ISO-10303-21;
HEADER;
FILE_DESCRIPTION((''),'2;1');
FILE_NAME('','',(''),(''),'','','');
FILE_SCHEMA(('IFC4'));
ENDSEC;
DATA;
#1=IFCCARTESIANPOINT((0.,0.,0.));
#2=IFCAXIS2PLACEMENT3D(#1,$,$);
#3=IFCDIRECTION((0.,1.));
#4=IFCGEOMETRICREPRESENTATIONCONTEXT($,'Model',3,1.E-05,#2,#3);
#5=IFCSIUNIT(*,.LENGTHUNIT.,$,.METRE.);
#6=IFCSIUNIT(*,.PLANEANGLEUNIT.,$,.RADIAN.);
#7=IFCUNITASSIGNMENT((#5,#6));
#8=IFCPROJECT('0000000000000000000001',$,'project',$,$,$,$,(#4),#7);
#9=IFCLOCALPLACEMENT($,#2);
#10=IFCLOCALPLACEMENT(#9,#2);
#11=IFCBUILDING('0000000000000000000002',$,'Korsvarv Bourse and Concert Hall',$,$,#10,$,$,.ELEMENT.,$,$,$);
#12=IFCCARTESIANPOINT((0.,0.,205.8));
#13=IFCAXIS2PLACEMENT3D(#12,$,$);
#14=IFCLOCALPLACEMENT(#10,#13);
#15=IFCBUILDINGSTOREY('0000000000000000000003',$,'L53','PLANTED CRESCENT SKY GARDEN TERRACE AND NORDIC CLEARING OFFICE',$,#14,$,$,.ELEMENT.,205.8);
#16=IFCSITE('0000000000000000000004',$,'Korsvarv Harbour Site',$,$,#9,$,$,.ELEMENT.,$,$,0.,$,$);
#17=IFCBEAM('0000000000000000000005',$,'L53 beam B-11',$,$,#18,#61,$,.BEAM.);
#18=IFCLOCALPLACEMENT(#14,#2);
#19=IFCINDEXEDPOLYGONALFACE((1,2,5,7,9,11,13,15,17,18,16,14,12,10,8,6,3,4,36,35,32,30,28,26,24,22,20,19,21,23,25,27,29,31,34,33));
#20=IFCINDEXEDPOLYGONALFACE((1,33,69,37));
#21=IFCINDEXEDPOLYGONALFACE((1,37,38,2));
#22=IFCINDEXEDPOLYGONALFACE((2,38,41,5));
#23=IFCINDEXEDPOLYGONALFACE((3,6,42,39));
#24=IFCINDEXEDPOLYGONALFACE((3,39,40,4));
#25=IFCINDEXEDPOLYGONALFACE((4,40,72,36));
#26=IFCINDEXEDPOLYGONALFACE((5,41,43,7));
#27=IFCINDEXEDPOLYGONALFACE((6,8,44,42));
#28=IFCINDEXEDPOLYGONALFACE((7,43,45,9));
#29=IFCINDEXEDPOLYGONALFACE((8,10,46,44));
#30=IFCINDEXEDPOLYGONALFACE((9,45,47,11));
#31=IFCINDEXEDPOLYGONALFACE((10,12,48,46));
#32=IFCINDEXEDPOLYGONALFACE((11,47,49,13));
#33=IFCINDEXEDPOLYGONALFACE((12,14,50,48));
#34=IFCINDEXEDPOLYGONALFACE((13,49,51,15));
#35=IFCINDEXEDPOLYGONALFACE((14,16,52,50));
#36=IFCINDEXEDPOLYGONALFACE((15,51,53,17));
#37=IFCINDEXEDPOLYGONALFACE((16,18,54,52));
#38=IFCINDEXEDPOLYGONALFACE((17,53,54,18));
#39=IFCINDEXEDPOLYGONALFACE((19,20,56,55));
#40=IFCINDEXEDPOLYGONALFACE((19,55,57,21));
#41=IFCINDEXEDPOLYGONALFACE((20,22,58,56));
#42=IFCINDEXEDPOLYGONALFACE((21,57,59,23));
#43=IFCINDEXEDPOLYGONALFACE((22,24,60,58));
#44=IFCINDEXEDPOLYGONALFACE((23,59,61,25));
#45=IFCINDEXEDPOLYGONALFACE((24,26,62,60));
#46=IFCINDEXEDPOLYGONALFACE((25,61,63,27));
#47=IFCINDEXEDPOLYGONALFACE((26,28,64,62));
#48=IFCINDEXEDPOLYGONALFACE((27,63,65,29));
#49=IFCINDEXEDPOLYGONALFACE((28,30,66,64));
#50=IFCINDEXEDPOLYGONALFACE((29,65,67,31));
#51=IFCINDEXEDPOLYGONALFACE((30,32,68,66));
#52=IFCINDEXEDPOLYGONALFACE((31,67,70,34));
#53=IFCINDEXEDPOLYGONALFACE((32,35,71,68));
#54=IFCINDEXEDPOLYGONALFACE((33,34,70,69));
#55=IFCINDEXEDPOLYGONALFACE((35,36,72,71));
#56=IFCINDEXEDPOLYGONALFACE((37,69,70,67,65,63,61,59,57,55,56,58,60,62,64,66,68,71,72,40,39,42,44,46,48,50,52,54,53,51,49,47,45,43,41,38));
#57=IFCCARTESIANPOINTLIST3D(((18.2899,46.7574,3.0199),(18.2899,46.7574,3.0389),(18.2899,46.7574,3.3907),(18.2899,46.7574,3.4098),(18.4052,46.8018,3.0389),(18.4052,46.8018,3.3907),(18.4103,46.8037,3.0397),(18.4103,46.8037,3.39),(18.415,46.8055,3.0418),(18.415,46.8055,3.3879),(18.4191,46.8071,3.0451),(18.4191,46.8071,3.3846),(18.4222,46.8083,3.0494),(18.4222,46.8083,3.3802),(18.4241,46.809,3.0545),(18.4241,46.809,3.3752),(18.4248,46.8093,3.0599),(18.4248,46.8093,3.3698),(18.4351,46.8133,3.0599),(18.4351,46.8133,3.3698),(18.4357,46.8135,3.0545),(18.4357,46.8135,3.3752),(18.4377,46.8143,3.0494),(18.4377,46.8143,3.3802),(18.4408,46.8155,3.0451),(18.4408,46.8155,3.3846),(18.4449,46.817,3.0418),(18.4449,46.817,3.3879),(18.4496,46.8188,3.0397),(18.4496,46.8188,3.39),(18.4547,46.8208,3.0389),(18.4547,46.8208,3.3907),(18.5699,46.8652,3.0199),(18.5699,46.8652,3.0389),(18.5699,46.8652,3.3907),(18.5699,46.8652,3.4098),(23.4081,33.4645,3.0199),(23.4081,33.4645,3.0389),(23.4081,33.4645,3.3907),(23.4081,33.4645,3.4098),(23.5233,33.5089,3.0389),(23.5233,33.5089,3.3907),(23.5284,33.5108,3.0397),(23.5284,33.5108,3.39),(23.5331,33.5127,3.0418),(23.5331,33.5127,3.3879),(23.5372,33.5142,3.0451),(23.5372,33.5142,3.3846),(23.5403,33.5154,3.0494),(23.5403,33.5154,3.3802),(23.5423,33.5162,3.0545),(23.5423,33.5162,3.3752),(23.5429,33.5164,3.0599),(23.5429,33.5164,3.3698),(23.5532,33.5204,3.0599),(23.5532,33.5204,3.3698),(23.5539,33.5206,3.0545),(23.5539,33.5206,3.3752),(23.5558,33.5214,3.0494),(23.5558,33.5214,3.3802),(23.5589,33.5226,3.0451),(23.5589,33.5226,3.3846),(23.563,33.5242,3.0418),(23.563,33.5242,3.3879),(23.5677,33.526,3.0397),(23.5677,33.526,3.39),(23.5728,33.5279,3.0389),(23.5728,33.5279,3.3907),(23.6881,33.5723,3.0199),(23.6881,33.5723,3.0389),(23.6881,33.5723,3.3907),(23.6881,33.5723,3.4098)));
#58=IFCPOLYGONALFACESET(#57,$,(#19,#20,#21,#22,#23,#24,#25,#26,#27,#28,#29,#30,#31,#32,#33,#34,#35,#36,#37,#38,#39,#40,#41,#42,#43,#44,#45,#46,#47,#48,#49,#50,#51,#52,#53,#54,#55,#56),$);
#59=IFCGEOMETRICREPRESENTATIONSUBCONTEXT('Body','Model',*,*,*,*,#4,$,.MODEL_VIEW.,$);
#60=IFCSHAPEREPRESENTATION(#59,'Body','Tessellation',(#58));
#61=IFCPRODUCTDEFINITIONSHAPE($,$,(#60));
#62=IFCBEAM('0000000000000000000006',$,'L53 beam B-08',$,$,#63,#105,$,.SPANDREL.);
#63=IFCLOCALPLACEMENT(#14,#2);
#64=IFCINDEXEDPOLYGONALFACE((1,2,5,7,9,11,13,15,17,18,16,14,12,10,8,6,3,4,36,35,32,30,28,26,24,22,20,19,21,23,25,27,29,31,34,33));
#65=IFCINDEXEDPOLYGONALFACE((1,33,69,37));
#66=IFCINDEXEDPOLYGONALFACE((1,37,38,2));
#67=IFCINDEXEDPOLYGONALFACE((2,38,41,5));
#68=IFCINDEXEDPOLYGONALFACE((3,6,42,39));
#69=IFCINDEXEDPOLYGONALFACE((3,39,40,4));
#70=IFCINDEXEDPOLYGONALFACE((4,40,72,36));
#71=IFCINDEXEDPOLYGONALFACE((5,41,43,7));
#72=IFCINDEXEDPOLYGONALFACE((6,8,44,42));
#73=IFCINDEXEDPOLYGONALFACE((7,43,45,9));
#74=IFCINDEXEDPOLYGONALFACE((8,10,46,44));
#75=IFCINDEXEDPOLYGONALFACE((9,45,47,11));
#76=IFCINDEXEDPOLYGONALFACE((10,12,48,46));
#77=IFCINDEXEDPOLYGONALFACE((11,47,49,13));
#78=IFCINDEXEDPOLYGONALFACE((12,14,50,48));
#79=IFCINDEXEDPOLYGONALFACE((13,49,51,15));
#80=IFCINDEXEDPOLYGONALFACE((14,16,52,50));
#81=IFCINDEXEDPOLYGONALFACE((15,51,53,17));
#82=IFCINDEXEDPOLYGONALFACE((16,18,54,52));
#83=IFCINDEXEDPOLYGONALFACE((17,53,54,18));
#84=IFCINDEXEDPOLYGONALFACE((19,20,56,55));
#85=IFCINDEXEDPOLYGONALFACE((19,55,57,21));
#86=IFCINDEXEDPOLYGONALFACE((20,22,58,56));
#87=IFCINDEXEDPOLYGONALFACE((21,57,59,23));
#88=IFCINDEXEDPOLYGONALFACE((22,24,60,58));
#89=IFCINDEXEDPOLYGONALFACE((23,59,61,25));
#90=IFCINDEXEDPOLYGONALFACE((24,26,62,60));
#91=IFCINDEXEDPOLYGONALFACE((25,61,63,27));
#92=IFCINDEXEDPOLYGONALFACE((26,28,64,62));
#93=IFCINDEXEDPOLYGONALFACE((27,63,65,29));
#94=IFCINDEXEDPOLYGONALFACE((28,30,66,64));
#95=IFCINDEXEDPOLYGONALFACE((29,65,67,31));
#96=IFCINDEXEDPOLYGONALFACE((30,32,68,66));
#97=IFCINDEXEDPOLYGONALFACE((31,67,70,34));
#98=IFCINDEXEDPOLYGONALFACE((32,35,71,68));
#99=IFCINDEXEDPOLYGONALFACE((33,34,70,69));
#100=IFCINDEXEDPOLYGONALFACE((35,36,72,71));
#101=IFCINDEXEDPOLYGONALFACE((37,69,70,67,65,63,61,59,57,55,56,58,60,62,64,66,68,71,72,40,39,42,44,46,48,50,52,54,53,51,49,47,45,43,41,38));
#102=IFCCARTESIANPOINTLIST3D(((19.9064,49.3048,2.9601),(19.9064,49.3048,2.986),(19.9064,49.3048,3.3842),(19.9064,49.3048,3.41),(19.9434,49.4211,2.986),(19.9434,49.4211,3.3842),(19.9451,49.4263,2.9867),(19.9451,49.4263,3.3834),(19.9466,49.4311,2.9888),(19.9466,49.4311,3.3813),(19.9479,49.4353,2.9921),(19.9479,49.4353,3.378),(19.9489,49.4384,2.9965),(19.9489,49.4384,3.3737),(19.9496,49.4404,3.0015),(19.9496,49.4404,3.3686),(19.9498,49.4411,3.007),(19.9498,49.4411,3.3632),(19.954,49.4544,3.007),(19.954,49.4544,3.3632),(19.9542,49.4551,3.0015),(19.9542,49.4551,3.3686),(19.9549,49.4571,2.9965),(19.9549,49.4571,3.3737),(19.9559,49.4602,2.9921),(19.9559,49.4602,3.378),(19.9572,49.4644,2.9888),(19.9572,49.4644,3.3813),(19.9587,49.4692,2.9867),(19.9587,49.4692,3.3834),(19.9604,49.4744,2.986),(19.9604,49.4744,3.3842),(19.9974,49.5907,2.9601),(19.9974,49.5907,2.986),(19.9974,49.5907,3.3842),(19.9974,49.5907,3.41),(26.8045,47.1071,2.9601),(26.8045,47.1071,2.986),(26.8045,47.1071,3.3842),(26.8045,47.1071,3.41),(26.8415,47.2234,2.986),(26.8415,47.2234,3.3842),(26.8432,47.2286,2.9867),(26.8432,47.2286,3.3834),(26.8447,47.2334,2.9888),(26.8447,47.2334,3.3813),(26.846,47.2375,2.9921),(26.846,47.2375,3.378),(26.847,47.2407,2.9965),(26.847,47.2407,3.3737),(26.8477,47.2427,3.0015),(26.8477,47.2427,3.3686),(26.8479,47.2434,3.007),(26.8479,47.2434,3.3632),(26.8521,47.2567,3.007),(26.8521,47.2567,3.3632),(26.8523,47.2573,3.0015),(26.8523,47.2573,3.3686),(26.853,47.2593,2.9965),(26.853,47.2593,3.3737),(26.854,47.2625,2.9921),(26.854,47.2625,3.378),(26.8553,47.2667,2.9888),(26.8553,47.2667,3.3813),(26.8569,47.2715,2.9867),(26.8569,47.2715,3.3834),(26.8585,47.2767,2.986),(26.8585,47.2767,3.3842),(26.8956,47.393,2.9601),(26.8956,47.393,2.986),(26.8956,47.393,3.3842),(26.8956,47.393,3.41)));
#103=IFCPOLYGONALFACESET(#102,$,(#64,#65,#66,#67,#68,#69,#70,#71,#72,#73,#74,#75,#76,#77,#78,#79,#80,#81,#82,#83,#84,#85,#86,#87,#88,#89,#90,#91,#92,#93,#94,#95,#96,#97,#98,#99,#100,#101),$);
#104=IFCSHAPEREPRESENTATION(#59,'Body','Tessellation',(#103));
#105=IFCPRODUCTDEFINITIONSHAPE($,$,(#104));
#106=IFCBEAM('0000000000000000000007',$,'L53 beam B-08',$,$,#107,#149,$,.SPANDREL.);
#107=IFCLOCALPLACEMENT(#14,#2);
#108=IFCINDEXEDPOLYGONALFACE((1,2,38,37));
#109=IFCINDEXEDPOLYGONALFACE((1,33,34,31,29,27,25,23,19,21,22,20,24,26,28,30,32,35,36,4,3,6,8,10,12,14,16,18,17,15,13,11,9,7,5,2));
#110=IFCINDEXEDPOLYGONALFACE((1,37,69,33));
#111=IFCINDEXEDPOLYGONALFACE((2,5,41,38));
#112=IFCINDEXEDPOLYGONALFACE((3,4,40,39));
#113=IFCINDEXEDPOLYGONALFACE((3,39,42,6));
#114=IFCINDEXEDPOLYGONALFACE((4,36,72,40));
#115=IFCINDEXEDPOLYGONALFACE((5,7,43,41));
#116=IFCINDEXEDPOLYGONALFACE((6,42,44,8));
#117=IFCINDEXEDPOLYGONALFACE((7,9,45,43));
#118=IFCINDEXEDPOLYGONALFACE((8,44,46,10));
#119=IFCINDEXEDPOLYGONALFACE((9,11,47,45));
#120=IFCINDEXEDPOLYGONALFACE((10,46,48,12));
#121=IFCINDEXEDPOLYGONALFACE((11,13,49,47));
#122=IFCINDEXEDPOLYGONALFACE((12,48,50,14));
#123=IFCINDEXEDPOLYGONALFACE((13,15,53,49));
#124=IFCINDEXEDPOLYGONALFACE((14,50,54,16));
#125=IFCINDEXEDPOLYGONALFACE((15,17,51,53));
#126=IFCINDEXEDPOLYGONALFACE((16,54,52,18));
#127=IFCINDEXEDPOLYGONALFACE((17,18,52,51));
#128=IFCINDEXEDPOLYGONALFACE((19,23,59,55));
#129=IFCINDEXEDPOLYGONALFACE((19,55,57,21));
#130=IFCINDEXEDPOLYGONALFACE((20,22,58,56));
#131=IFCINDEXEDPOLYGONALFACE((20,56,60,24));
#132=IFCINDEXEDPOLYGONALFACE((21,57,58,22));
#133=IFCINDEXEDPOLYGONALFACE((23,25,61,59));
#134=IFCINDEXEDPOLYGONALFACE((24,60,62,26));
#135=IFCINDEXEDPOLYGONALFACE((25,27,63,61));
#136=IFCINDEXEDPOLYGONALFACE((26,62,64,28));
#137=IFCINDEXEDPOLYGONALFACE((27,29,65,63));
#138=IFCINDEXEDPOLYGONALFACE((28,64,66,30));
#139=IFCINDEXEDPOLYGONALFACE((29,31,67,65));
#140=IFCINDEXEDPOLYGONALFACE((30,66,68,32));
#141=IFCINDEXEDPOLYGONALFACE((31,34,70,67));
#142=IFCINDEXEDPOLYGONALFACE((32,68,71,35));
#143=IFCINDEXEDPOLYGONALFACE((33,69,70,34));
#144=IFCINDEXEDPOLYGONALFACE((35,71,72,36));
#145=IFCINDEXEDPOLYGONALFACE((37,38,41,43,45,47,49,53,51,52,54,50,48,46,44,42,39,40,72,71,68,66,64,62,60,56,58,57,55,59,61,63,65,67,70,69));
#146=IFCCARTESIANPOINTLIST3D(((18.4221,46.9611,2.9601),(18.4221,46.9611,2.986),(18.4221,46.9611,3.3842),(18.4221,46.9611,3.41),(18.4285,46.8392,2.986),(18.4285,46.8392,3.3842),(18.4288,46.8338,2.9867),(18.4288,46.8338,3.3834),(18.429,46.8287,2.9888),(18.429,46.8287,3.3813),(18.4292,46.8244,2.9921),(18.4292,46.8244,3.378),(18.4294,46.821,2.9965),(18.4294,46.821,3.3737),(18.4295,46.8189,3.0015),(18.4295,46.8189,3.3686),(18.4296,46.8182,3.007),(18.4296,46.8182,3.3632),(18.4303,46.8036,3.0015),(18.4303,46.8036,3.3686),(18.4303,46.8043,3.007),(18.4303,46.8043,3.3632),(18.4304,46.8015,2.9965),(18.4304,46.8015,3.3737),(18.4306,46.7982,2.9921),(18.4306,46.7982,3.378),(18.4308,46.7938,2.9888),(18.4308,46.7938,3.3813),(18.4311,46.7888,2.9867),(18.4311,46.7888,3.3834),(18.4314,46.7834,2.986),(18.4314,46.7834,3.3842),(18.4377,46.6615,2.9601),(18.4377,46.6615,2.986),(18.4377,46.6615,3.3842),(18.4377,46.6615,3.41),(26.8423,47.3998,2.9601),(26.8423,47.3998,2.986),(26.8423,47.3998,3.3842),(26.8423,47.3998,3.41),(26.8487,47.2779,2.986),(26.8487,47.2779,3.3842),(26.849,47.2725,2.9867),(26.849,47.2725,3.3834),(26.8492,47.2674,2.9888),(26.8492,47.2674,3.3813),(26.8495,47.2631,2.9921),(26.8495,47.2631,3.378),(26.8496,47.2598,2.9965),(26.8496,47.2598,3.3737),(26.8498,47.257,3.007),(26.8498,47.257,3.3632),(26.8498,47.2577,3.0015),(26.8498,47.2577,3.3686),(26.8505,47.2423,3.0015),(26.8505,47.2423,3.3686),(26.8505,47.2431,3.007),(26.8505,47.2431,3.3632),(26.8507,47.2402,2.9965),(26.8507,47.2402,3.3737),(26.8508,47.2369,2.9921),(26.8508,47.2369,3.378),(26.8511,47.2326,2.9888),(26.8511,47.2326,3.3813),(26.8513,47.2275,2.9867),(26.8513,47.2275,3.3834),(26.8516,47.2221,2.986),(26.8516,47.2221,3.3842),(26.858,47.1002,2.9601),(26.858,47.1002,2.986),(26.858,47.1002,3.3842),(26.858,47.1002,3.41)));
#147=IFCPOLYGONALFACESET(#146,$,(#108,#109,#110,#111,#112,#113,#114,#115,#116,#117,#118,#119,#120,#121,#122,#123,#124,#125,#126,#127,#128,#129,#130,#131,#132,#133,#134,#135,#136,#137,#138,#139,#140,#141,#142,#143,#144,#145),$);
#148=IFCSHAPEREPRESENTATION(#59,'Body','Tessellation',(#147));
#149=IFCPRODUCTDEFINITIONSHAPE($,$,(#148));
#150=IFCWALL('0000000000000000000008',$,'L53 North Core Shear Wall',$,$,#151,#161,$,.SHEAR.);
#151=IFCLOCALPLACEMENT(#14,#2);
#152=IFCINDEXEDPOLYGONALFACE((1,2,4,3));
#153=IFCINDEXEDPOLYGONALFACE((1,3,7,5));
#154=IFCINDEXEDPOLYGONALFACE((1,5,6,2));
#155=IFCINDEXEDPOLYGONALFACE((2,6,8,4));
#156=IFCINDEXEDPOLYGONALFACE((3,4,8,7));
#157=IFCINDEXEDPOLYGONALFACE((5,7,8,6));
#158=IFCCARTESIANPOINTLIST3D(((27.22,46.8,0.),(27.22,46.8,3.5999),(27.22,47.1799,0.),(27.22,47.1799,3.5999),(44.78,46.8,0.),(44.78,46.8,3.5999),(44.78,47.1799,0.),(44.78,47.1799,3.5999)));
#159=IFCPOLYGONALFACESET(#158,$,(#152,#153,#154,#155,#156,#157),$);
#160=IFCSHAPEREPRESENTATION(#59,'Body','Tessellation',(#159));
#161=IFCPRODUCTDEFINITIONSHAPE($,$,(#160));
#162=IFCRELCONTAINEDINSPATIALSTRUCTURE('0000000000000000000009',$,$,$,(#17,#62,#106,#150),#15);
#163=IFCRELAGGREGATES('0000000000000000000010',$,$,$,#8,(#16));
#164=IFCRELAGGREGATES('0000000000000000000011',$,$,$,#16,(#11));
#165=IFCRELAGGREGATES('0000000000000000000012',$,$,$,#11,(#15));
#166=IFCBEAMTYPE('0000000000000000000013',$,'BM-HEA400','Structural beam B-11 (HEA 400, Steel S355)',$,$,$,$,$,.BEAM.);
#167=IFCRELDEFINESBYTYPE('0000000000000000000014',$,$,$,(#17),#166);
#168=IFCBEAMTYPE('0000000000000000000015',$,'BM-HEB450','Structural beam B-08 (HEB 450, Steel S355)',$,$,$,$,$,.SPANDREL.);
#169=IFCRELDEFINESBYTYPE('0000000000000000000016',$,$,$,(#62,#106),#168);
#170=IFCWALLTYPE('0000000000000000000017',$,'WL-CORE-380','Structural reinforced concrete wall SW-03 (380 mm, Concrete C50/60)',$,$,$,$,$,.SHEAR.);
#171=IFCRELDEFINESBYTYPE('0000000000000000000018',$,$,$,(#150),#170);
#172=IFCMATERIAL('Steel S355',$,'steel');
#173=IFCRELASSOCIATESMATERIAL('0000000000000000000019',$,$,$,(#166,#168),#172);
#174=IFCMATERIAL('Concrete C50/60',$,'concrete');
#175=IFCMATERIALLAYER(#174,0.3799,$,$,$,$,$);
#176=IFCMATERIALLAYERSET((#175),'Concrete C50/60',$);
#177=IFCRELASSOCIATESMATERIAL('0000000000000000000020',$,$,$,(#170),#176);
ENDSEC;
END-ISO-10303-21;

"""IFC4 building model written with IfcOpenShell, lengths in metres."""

from ifc_helpers import new_model, si_unit, direction, frame, frame_2d, origin, origin_2d, place, context, subcontext, project, spatial, rectangle, i_section, extrude, source, transform, mapped, material, layer, layer_set, material_profile, profile_set, type_object, element, save


model = new_model("IFC4")

# Units and contexts
model_context = context("Model", 3, precision=1e-05, world=origin(), true_north=direction((0.0, 1.0)))
body_context = subcontext(model_context, "Body", "Model", "MODEL_VIEW")
ifc_project = project(units=[si_unit("LENGTHUNIT", "METRE"), si_unit("PLANEANGLEUNIT", "RADIAN")], contexts=[model_context])

# Site, building, storey
site_placement = place(None, origin())
site = spatial("IfcSite", under=ifc_project, at=site_placement, Name="Korsvarv Harbour Site", CompositionType="ELEMENT", RefElevation=0.0)
building_placement = place(site_placement, origin())
building = spatial("IfcBuilding", under=site, at=building_placement, Name="Korsvarv Bourse and Concert Hall", CompositionType="ELEMENT")
storey_placement = place(building_placement, frame((0.0, 0.0, 205.8)))
storey = spatial("IfcBuildingStorey", under=building, at=storey_placement, Name="L53", Description="PLANTED CRESCENT SKY GARDEN TERRACE AND NORDIC CLEARING OFFICE", CompositionType="ELEMENT", Elevation=205.8)

# Shared definitions
ifc_material_1 = material(Name="Steel S355", Category="steel")

# Beams
ifc_material_profile_1 = material_profile(ifc_material_1, i_section(OverallWidth=0.3, OverallDepth=0.3899, WebThickness=0.011, FlangeThickness=0.019, FilletRadius=0.021, at=origin_2d()), Name="HEA 400")
ifc_profile_set_1 = profile_set([ifc_material_profile_1], Name="Steel S355")
beam_type_1 = type_object("IfcBeamType", Name="BM-HEA400", Description="Structural beam B-11 (HEA 400, Steel S355)", PredefinedType="BEAM", material=ifc_profile_set_1)
shared_shape_1 = source(origin(), body_context, "Body", "SweptSolid", [
    extrude(i_section(OverallWidth=0.3, OverallDepth=0.3899, WebThickness=0.011, FlangeThickness=0.019, FilletRadius=0.021, at=origin_2d()), origin(), (0.0, 0.0, 1.0), 14.2441),
])
beam_1_placement = place(storey_placement, frame((18.4299, 46.8113, 3.2148), z_axis=(0.359314, -0.933217, 0.0), x_axis=(0.933217, 0.359314, 0.0)))
element("IfcBeam", 1, at=beam_1_placement, inside=storey, type_object=beam_type_1, Name="L53 beam B-11", PredefinedType="BEAM", context=body_context, shape_type="MappedRepresentation", body=[
    mapped(shared_shape_1, transform((0.0, 0.0, 0.0), scale=1.0)),
])
ifc_material_profile_2 = material_profile(ifc_material_1, i_section(OverallWidth=0.3, OverallDepth=0.45, WebThickness=0.0139, FlangeThickness=0.0259, FilletRadius=0.021, at=origin_2d()), Name="HEB 450")
ifc_profile_set_2 = profile_set([ifc_material_profile_2], Name="Steel S355")
beam_type_2 = type_object("IfcBeamType", Name="BM-HEB450", Description="Structural beam B-08 (HEB 450, Steel S355)", PredefinedType="SPANDREL", material=ifc_profile_set_2)
shared_shape_2 = source(origin(), body_context, "Body", "SweptSolid", [
    extrude(i_section(OverallWidth=0.3, OverallDepth=0.45, WebThickness=0.0139, FlangeThickness=0.0259, FilletRadius=0.021, at=origin_2d()), origin(), (0.0, 0.0, 1.0), 7.2397),
])
beam_2_placement = place(storey_placement, frame((19.9519, 49.4478, 3.1851), z_axis=(0.952811, -0.303564, 0.0), x_axis=(0.303564, 0.952811, 0.0)))
element("IfcBeam", 2, at=beam_2_placement, inside=storey, type_object=beam_type_2, Name="L53 beam B-08", PredefinedType="SPANDREL", context=body_context, shape_type="MappedRepresentation", body=[
    mapped(shared_shape_2, transform((0.0, 0.0, 0.0), scale=1.0)),
])
shared_shape_3 = source(origin(), body_context, "Body", "SweptSolid", [
    extrude(i_section(OverallWidth=0.3, OverallDepth=0.45, WebThickness=0.0139, FlangeThickness=0.0259, FilletRadius=0.021, at=origin_2d()), origin(), (0.0, 0.0, 1.0), 8.4316),
])
beam_3_placement = place(storey_placement, frame((18.4299, 46.8113, 3.1851), z_axis=(0.998645, 0.052033, 0.0), x_axis=(-0.052033, 0.998645, 0.0)))
element("IfcBeam", 3, at=beam_3_placement, inside=storey, type_object=beam_type_2, Name="L53 beam B-08", PredefinedType="SPANDREL", context=body_context, shape_type="MappedRepresentation", body=[
    mapped(shared_shape_3, transform((0.0, 0.0, 0.0), scale=1.0)),
])

# Wall
ifc_material_2 = material(Name="Concrete C50/60", Category="concrete")
ifc_layer_1 = layer(ifc_material_2, 0.3799)
ifc_layer_set_1 = layer_set([ifc_layer_1], Name="Concrete C50/60")
wall_type_1 = type_object("IfcWallType", Name="WL-CORE-380", Description="Structural reinforced concrete wall SW-03 (380 mm, Concrete C50/60)", PredefinedType="SHEAR", material=ifc_layer_set_1)
wall_1_placement = place(storey_placement, frame((27.22, 46.99, 0.0), z_axis=(0.0, 0.0, 1.0), x_axis=(1.0, 0.0, 0.0)))
element("IfcWall", 4, at=wall_1_placement, inside=storey, type_object=wall_type_1, Name="L53 North Core Shear Wall", PredefinedType="SHEAR", context=body_context, shape_type="SweptSolid", body=[
    extrude(rectangle(XDim=17.5601, YDim=0.3799, at=frame_2d((8.78, 0.0))), origin(), (0.0, 0.0, 1.0), 3.5999),
])

save(model, "model.ifc")
